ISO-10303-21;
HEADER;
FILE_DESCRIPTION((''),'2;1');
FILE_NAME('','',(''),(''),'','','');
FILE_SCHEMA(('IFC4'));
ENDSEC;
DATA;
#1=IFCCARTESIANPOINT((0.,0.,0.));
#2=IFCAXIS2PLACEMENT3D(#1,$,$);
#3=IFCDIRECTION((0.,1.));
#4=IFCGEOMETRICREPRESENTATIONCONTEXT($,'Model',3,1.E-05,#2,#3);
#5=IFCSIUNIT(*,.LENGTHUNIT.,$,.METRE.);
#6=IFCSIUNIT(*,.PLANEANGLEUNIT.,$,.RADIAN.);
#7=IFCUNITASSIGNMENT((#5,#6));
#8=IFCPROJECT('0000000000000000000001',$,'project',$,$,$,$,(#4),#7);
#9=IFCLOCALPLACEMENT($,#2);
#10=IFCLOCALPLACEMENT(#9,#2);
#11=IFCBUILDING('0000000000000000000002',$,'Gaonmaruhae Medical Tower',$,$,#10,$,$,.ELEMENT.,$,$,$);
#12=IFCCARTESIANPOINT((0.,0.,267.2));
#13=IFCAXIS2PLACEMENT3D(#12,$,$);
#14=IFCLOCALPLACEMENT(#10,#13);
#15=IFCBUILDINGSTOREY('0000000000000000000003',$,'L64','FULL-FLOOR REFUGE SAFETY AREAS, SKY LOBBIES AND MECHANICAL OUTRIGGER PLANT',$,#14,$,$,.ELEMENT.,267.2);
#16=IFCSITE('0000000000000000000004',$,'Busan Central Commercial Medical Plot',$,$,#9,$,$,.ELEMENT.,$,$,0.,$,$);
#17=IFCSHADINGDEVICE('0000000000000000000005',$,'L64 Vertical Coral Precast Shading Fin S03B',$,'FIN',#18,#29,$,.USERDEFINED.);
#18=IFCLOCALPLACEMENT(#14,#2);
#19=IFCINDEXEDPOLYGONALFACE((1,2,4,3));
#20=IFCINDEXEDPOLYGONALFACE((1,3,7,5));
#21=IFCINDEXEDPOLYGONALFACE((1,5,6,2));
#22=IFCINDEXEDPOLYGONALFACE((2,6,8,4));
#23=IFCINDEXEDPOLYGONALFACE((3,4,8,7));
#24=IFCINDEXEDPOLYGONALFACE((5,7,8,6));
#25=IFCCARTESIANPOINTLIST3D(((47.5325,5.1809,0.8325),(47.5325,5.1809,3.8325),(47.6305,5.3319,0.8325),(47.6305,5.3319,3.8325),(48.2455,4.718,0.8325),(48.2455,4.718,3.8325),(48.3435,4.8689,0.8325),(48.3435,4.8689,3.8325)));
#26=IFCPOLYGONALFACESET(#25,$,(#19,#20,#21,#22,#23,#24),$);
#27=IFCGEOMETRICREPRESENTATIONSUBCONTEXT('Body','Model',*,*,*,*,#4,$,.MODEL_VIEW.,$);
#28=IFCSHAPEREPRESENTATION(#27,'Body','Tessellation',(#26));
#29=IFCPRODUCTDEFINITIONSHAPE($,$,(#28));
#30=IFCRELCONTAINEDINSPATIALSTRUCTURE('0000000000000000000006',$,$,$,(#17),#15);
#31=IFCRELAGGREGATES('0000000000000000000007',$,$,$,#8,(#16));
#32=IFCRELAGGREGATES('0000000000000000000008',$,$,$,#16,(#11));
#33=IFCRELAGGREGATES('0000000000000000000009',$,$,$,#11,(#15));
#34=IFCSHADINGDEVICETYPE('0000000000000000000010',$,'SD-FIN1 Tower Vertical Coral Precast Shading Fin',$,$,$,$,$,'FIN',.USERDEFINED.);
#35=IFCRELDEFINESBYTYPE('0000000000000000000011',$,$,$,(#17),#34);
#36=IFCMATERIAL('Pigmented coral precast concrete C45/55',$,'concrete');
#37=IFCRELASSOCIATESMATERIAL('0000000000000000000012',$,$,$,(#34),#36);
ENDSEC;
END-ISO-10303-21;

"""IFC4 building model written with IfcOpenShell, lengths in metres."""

from ifc_helpers import new_model, si_unit, direction, frame, origin, origin_2d, place, context, subcontext, project, spatial, rectangle, extrude, material, type_object, element, save


model = new_model("IFC4")

# Units and contexts
model_context = context("Model", 3, precision=1e-05, world=origin(), true_north=direction((0.0, 1.0)))
body_context = subcontext(model_context, "Body", "Model", "MODEL_VIEW")
ifc_project = project(units=[si_unit("LENGTHUNIT", "METRE"), si_unit("PLANEANGLEUNIT", "RADIAN")], contexts=[model_context])

# Site, building, storey
site_placement = place(None, origin())
site = spatial("IfcSite", under=ifc_project, at=site_placement, Name="Busan Central Commercial Medical Plot", CompositionType="ELEMENT", RefElevation=0.0)
building_placement = place(site_placement, origin())
building = spatial("IfcBuilding", under=site, at=building_placement, Name="Gaonmaruhae Medical Tower", CompositionType="ELEMENT")
storey_placement = place(building_placement, frame((0.0, 0.0, 267.2)))
storey = spatial("IfcBuildingStorey", under=building, at=storey_placement, Name="L64", Description="FULL-FLOOR REFUGE SAFETY AREAS, SKY LOBBIES AND MECHANICAL OUTRIGGER PLANT", CompositionType="ELEMENT", Elevation=267.2)

# Shading device
ifc_material_1 = material(Name="Pigmented coral precast concrete C45/55", Category="concrete")
shading_device_type = type_object("IfcShadingDeviceType", Name="SD-FIN1 Tower Vertical Coral Precast Shading Fin", ElementType="FIN", PredefinedType="USERDEFINED", material=ifc_material_1)
for number, where, z_axis, x_axis, name in (
    (1, (47.938, 5.0249, 0.8325), (0.0, 0.0, 1.0), (-0.544639, -0.838671, 0.0), "L64 Vertical Coral Precast Shading Fin S03B"),
):
    element("IfcShadingDevice", number, at=place(storey_placement, frame(where, z_axis=z_axis, x_axis=x_axis)), inside=storey, type_object=shading_device_type, Name=name, ObjectType="FIN", PredefinedType="USERDEFINED", context=body_context, shape_type="SweptSolid", body=[
        extrude(rectangle(XDim=0.1799, YDim=0.8501, at=origin_2d()), origin(), (0.0, 0.0, 1.0), 3.0),
    ])

save(model, "model.ifc")
